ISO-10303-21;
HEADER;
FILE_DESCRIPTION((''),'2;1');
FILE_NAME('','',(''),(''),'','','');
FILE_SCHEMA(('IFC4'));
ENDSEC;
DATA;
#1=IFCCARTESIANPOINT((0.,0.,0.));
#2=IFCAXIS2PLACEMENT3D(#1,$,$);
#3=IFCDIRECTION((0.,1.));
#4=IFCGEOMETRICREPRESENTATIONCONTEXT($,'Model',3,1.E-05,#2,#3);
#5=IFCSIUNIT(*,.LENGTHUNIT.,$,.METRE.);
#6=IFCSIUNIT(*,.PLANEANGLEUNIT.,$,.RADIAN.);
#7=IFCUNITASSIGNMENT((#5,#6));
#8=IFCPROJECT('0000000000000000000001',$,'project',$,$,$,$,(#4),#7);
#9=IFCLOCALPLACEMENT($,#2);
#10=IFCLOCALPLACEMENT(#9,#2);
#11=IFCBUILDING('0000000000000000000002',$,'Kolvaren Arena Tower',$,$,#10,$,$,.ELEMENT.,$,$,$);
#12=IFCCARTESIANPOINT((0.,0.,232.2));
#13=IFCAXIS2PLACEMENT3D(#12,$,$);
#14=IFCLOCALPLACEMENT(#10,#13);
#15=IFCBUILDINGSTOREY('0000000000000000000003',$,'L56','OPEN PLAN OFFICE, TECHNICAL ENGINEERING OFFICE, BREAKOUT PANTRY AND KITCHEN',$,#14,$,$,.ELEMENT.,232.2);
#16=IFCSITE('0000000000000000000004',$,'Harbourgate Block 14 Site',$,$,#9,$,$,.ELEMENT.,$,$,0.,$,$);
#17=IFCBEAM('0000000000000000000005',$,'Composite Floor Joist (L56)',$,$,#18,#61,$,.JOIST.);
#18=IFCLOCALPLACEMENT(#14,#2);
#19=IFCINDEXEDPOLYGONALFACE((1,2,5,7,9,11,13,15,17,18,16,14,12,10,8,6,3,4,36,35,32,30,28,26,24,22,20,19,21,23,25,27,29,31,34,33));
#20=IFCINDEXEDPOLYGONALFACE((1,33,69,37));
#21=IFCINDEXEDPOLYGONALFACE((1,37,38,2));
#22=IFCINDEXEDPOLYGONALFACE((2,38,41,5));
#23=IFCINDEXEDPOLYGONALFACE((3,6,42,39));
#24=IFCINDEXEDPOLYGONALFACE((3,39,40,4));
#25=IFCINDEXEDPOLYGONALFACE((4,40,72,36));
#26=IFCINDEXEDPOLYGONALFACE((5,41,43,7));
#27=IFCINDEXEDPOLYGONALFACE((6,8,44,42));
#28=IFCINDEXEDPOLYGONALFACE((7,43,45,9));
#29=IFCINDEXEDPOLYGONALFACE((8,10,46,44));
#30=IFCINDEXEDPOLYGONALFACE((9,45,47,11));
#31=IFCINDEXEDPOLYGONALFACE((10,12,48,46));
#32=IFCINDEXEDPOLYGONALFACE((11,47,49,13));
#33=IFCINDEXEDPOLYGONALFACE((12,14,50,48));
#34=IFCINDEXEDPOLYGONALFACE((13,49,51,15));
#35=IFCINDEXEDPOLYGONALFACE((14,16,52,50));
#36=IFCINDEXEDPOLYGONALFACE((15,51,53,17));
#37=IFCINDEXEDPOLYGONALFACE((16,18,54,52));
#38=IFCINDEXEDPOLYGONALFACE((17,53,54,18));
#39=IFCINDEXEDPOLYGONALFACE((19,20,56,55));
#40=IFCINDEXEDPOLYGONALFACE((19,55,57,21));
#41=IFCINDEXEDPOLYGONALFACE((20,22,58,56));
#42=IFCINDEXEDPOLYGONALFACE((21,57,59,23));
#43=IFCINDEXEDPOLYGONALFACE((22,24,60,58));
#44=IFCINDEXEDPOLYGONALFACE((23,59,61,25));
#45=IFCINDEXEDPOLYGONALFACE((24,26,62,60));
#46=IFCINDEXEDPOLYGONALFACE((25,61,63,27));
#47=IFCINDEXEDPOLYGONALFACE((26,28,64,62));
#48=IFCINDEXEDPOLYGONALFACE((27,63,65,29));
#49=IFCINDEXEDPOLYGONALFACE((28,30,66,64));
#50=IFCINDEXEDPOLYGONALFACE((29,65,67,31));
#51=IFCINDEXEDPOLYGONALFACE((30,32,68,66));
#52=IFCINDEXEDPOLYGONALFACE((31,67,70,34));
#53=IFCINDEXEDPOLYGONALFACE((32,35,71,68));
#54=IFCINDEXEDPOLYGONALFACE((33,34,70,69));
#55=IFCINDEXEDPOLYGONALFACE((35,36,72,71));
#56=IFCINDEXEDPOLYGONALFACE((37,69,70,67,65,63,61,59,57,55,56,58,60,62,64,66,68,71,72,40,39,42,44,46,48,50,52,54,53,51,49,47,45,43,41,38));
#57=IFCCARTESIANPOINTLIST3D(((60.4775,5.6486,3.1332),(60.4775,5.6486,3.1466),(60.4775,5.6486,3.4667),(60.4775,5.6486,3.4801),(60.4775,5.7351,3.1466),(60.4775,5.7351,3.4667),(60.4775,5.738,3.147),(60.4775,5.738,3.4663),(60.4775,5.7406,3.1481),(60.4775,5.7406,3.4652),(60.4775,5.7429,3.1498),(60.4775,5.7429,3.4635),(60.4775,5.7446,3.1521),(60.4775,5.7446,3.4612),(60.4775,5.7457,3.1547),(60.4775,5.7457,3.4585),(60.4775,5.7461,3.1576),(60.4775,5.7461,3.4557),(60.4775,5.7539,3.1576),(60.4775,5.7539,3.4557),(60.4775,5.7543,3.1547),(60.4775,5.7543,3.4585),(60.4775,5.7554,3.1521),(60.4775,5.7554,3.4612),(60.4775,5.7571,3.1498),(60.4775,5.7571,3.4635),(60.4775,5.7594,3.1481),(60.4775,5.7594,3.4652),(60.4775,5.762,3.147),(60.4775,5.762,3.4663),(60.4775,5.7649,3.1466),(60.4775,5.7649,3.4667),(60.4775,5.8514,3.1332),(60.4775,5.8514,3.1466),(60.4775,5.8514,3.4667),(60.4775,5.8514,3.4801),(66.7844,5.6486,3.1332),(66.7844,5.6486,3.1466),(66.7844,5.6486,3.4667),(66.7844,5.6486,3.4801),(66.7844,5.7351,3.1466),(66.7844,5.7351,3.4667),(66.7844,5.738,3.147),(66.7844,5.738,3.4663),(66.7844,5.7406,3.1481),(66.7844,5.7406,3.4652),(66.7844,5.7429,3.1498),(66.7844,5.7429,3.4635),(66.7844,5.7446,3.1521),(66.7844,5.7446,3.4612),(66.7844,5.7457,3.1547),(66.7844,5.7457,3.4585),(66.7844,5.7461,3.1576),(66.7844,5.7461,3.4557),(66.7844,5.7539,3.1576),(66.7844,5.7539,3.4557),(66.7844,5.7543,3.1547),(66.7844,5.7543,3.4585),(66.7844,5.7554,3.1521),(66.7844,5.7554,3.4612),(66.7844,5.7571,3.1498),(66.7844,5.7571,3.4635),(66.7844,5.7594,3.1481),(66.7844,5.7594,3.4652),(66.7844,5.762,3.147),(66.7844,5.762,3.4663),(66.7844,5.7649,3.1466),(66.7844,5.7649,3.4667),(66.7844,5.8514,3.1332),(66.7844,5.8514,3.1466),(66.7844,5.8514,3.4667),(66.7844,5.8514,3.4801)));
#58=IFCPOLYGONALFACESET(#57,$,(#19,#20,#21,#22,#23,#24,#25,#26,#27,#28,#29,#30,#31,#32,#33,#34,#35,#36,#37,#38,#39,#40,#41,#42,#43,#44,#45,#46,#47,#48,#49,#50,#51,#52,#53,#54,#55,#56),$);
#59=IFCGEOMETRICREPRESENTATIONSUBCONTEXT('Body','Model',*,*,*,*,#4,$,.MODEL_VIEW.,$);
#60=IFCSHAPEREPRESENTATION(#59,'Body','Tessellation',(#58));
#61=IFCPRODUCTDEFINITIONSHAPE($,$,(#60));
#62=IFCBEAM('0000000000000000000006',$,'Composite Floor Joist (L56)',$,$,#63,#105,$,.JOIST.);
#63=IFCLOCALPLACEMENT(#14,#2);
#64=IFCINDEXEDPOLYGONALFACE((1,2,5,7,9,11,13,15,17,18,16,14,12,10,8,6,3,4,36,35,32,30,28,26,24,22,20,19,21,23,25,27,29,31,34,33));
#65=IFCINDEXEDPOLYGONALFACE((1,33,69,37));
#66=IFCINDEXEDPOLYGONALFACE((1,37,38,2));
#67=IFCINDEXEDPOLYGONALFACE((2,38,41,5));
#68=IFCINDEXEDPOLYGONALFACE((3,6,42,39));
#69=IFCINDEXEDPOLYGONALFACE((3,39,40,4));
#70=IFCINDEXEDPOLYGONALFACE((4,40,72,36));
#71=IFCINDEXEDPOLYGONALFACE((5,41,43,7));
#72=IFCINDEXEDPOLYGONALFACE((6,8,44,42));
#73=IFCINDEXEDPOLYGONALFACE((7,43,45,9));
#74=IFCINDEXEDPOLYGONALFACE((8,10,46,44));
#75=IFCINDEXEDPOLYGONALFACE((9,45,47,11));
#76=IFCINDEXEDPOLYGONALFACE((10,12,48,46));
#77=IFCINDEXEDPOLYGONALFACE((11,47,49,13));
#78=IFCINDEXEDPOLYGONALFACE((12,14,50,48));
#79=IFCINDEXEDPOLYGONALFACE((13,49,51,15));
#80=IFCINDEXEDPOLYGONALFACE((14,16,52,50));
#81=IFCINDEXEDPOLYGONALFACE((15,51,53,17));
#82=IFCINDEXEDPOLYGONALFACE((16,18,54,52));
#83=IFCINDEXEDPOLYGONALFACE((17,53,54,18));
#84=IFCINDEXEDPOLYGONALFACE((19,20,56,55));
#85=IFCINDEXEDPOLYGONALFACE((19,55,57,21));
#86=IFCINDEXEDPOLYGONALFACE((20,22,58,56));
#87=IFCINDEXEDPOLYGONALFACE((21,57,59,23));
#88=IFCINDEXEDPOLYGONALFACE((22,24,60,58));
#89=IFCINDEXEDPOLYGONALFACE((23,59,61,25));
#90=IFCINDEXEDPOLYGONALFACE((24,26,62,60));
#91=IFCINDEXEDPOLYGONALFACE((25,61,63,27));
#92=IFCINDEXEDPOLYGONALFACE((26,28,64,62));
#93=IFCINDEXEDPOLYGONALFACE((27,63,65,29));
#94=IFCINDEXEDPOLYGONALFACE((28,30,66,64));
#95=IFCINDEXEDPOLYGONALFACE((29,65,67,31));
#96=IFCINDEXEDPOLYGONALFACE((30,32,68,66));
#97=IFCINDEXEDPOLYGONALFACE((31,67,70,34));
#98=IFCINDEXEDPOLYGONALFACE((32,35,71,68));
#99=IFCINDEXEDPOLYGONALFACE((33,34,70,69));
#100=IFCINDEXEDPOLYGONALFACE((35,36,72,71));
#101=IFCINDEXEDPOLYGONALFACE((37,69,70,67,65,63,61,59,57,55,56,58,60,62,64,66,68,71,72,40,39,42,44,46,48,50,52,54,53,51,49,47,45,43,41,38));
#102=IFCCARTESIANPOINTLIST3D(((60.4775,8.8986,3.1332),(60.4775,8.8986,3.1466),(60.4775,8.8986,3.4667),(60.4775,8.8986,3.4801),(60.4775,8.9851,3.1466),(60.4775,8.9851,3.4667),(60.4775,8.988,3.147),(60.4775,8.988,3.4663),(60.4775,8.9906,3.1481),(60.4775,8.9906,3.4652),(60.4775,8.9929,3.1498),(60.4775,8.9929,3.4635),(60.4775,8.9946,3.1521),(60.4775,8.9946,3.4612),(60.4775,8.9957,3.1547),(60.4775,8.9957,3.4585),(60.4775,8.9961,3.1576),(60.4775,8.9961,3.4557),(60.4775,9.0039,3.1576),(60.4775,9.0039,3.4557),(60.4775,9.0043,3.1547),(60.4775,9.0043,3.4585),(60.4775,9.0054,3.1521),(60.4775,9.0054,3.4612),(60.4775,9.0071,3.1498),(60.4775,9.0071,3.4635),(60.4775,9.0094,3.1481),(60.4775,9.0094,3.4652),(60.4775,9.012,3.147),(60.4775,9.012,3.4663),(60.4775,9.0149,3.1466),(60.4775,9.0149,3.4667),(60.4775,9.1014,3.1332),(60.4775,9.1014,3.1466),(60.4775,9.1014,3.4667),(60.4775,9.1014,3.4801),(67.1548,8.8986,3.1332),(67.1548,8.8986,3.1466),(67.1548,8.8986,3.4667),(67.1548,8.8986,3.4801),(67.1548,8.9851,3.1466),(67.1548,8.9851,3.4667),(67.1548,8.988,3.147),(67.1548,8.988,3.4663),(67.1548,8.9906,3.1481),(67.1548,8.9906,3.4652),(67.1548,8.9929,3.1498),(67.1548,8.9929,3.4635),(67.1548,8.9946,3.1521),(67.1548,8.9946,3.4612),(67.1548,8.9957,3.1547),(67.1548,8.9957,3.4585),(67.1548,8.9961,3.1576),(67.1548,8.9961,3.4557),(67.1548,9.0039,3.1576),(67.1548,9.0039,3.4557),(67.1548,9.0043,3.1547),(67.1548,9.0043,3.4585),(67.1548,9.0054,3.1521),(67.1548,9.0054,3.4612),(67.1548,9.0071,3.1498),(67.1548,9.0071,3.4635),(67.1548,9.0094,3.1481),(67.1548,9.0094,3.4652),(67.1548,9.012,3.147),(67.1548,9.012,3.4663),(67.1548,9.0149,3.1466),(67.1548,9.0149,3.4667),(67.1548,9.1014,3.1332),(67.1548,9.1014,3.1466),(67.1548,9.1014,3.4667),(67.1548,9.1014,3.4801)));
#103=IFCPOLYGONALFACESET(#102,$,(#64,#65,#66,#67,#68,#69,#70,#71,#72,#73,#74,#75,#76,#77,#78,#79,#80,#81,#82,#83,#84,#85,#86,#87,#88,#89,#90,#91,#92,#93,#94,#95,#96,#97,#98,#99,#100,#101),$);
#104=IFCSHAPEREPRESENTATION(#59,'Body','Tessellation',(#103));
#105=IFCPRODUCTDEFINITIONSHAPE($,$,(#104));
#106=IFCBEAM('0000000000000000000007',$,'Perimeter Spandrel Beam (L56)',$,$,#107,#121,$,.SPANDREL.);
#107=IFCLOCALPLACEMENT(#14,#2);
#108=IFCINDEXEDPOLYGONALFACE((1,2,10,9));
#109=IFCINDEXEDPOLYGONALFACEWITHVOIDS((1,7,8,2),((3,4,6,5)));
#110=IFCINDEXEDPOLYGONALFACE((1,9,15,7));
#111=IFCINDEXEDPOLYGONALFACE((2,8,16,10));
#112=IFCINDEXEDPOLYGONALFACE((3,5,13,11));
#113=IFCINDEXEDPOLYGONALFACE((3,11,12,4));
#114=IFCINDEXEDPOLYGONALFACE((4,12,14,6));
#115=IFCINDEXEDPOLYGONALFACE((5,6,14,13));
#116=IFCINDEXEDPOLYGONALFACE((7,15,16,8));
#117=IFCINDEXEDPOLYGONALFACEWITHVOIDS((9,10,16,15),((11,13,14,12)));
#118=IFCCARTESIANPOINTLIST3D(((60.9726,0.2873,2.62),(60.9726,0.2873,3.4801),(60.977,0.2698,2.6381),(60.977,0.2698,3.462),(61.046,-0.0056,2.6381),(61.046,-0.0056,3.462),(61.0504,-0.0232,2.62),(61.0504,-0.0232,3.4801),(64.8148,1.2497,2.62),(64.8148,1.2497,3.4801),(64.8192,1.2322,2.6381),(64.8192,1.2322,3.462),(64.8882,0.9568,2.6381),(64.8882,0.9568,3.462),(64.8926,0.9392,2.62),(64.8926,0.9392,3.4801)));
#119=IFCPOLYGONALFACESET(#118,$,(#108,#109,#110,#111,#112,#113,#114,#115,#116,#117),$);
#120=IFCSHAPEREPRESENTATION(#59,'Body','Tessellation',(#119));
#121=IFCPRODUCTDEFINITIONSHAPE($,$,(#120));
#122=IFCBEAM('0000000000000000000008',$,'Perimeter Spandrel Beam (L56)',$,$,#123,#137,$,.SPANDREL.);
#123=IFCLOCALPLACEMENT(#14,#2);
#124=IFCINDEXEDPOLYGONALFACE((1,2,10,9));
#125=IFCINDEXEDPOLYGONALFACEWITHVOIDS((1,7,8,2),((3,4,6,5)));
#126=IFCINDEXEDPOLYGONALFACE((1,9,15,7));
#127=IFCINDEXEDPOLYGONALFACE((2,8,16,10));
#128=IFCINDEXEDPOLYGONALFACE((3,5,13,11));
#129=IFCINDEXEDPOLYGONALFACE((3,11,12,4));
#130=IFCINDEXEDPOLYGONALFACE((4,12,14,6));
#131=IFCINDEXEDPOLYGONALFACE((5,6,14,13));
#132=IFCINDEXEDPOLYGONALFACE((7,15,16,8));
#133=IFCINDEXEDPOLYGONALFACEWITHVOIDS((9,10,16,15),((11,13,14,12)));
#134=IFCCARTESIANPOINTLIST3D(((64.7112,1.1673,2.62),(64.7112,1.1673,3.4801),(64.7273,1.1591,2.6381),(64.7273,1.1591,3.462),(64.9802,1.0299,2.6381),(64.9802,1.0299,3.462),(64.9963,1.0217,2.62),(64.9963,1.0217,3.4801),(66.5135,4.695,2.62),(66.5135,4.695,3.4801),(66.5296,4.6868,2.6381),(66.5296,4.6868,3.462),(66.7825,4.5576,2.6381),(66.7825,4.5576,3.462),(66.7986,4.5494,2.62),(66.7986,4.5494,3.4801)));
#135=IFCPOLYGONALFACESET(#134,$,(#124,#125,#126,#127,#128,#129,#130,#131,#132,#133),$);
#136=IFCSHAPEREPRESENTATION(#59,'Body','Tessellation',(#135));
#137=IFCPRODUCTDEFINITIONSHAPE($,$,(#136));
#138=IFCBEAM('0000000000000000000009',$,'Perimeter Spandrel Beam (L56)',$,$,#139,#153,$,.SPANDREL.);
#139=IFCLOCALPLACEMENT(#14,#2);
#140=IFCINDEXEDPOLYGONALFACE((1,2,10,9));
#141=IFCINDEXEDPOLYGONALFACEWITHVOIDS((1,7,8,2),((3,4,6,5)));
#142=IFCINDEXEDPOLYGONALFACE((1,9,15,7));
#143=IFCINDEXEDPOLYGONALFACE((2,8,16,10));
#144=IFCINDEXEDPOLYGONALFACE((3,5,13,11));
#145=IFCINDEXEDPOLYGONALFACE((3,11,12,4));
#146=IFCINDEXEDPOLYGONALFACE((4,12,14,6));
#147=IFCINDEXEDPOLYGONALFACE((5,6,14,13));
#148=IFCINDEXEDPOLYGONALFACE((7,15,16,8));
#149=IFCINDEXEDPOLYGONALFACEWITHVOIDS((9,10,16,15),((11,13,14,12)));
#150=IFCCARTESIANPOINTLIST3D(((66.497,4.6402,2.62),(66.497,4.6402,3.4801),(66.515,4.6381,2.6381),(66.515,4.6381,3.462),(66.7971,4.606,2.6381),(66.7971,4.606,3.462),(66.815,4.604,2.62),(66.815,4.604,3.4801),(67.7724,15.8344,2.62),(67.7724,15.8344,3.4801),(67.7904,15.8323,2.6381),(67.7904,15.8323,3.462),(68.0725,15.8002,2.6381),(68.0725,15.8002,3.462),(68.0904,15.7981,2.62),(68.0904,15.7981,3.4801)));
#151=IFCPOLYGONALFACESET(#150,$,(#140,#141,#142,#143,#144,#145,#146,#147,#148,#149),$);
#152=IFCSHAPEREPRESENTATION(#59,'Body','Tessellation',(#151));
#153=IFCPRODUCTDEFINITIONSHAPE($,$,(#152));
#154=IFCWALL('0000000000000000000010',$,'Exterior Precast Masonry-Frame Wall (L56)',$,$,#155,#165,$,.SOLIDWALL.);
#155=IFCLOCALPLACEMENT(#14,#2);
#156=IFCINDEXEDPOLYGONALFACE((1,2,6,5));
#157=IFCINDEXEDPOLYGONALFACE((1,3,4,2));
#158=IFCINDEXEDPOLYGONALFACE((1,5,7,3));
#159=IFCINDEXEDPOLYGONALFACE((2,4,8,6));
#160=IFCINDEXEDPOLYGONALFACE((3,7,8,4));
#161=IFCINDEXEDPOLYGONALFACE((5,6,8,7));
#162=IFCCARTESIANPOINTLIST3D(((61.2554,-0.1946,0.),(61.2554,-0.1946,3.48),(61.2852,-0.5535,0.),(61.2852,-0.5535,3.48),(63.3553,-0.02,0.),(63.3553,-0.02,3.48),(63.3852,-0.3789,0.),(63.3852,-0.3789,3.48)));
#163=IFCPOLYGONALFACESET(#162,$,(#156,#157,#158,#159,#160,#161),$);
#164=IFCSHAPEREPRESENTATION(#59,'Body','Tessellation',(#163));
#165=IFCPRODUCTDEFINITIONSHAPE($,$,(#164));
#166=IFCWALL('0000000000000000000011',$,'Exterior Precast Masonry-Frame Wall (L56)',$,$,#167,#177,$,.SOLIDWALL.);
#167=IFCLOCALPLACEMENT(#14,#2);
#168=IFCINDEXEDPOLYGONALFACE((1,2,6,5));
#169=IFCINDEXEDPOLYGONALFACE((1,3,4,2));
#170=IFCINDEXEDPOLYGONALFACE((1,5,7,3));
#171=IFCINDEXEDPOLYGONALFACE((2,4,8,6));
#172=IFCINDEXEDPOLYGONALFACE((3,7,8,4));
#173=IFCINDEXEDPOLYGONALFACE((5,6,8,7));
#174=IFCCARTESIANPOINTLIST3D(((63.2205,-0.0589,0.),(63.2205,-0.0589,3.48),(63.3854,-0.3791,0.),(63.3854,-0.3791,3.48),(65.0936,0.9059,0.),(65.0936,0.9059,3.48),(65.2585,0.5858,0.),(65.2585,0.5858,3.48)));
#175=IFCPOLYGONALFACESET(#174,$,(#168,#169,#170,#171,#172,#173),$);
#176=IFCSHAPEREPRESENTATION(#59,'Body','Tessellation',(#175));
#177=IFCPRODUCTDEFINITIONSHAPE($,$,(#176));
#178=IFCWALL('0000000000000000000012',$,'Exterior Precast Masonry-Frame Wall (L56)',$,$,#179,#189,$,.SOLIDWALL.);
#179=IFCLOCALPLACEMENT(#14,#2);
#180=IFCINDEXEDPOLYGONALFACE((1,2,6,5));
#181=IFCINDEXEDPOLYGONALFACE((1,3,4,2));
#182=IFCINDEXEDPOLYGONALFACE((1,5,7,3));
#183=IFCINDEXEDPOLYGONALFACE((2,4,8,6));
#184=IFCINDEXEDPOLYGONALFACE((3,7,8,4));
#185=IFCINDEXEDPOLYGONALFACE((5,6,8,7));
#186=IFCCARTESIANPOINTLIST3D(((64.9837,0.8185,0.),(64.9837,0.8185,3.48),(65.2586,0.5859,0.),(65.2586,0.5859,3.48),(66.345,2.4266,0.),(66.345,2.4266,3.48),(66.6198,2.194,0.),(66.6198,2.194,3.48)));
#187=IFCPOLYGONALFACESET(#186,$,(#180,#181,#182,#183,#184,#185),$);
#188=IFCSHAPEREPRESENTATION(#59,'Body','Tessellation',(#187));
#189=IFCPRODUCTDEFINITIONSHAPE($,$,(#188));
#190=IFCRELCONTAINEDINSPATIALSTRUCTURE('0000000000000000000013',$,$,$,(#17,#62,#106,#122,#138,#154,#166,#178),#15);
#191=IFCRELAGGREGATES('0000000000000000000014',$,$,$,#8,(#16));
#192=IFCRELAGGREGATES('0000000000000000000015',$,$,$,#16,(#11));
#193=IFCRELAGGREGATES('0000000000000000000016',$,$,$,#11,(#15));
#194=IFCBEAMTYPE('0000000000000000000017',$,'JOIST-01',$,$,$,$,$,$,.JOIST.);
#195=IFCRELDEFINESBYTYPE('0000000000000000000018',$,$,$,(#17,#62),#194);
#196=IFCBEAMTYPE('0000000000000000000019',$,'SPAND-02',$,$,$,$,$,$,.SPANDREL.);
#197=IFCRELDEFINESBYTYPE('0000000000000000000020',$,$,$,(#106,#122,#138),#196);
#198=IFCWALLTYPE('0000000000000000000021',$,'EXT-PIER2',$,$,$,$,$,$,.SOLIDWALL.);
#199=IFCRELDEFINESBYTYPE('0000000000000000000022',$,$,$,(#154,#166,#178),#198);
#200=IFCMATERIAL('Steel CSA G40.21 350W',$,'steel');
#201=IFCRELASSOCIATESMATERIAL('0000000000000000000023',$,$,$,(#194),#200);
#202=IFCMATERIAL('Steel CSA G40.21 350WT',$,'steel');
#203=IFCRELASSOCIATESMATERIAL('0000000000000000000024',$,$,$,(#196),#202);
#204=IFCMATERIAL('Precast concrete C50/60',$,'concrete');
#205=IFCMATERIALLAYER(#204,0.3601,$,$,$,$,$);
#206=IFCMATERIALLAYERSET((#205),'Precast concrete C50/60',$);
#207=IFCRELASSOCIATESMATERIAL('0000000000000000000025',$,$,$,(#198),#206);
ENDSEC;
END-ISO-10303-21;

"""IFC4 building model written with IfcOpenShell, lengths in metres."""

from ifc_helpers import new_model, si_unit, direction, frame, frame_2d, origin, origin_2d, place, context, subcontext, project, spatial, rectangle, hollow_rectangle, i_section, extrude, material, layer, layer_set, material_profile, profile_set, type_object, element, save


model = new_model("IFC4")

# Units and contexts
model_context = context("Model", 3, precision=1e-05, world=origin(), true_north=direction((0.0, 1.0)))
body_context = subcontext(model_context, "Body", "Model", "MODEL_VIEW")
ifc_project = project(units=[si_unit("LENGTHUNIT", "METRE"), si_unit("PLANEANGLEUNIT", "RADIAN")], contexts=[model_context])

# Site, building, storey
site_placement = place(None, origin())
site = spatial("IfcSite", under=ifc_project, at=site_placement, Name="Harbourgate Block 14 Site", CompositionType="ELEMENT", RefElevation=0.0)
building_placement = place(site_placement, origin())
building = spatial("IfcBuilding", under=site, at=building_placement, Name="Kolvaren Arena Tower", CompositionType="ELEMENT")
storey_placement = place(building_placement, frame((0.0, 0.0, 232.2)))
storey = spatial("IfcBuildingStorey", under=building, at=storey_placement, Name="L56", Description="OPEN PLAN OFFICE, TECHNICAL ENGINEERING OFFICE, BREAKOUT PANTRY AND KITCHEN", CompositionType="ELEMENT", Elevation=232.2)

# Beams
ifc_material_1 = material(Name="Steel CSA G40.21 350W", Category="steel")
ifc_material_profile_1 = material_profile(ifc_material_1, i_section(OverallWidth=0.2029, OverallDepth=0.3469, WebThickness=0.0078, FlangeThickness=0.0134, FilletRadius=0.011, at=origin_2d()), Name="W360x64")
ifc_profile_set_1 = profile_set([ifc_material_profile_1], Name="Steel CSA G40.21 350W")
beam_type_1 = type_object("IfcBeamType", Name="JOIST-01", PredefinedType="JOIST", material=ifc_profile_set_1)
beam_1_placement = place(storey_placement, frame((60.4775, 5.75, 3.3066), z_axis=(1.0, 0.0, 0.0), x_axis=(0.0, 1.0, 0.0)))
element("IfcBeam", 1, at=beam_1_placement, inside=storey, type_object=beam_type_1, Name="Composite Floor Joist (L56)", PredefinedType="JOIST", context=body_context, shape_type="SweptSolid", body=[
    extrude(i_section(OverallWidth=0.2029, OverallDepth=0.3469, WebThickness=0.0078, FlangeThickness=0.0134, FilletRadius=0.011, at=origin_2d()), origin(), (0.0, 0.0, 1.0), 6.3069),
])
beam_2_placement = place(storey_placement, frame((60.4775, 9.0, 3.3066), z_axis=(1.0, 0.0, 0.0), x_axis=(0.0, 1.0, 0.0)))
element("IfcBeam", 2, at=beam_2_placement, inside=storey, type_object=beam_type_1, Name="Composite Floor Joist (L56)", PredefinedType="JOIST", context=body_context, shape_type="SweptSolid", body=[
    extrude(i_section(OverallWidth=0.2029, OverallDepth=0.3469, WebThickness=0.0078, FlangeThickness=0.0134, FilletRadius=0.011, at=origin_2d()), origin(), (0.0, 0.0, 1.0), 6.6772),
])
ifc_material_2 = material(Name="Steel CSA G40.21 350WT", Category="steel")
ifc_material_profile_2 = material_profile(ifc_material_2, hollow_rectangle(XDim=0.3201, YDim=0.8601, WallThickness=0.0181, at=origin_2d()), Name="HSS 860x320x18")
ifc_profile_set_2 = profile_set([ifc_material_profile_2], Name="Steel CSA G40.21 350WT")
beam_type_2 = type_object("IfcBeamType", Name="SPAND-02", PredefinedType="SPANDREL", material=ifc_profile_set_2)
beam_3_placement = place(storey_placement, frame((61.0115, 0.1321, 3.05), z_axis=(0.970034, 0.242971, 0.0), x_axis=(-0.242971, 0.970034, 0.0)))
element("IfcBeam", 3, at=beam_3_placement, inside=storey, type_object=beam_type_2, Name="Perimeter Spandrel Beam (L56)", PredefinedType="SPANDREL", context=body_context, shape_type="SweptSolid", body=[
    extrude(hollow_rectangle(XDim=0.3201, YDim=0.8601, WallThickness=0.0181, at=origin_2d()), origin(), (0.0, 0.0, 1.0), 3.9609),
])
beam_4_placement = place(storey_placement, frame((64.8538, 1.0945, 3.05), z_axis=(0.454962, 0.890511, 0.0), x_axis=(-0.890511, 0.454962, 0.0)))
element("IfcBeam", 4, at=beam_4_placement, inside=storey, type_object=beam_type_2, Name="Perimeter Spandrel Beam (L56)", PredefinedType="SPANDREL", context=body_context, shape_type="SweptSolid", body=[
    extrude(hollow_rectangle(XDim=0.3201, YDim=0.8601, WallThickness=0.0181, at=origin_2d()), origin(), (0.0, 0.0, 1.0), 3.9614),
])
beam_5_placement = place(storey_placement, frame((66.656, 4.6221, 3.05), z_axis=(0.113202, 0.993572, 0.0), x_axis=(-0.993572, 0.113202, 0.0)))
element("IfcBeam", 5, at=beam_5_placement, inside=storey, type_object=beam_type_2, Name="Perimeter Spandrel Beam (L56)", PredefinedType="SPANDREL", context=body_context, shape_type="SweptSolid", body=[
    extrude(hollow_rectangle(XDim=0.3201, YDim=0.8601, WallThickness=0.0181, at=origin_2d()), origin(), (0.0, 0.0, 1.0), 11.2666),
])

# Walls
ifc_material_3 = material(Name="Precast concrete C50/60", Category="concrete")
ifc_layer_1 = layer(ifc_material_3, 0.3601)
ifc_layer_set_1 = layer_set([ifc_layer_1], Name="Precast concrete C50/60")
wall_type_1 = type_object("IfcWallType", Name="EXT-PIER2", PredefinedType="SOLIDWALL", material=ifc_layer_set_1)
wall_1_placement = place(storey_placement, frame((63.3704, -0.1995, 0.0), z_axis=(0.0, 0.0, 1.0), x_axis=(-0.996563, -0.082844, 0.0)))
element("IfcWall", 6, at=wall_1_placement, inside=storey, type_object=wall_type_1, Name="Exterior Precast Masonry-Frame Wall (L56)", PredefinedType="SOLIDWALL", context=body_context, shape_type="SweptSolid", body=[
    extrude(rectangle(XDim=2.1072, YDim=0.3601, at=frame_2d((1.0537, 0.0))), origin(), (0.0, 0.0, 1.0), 3.48),
])
for number, where, z_axis, x_axis, name in (
    (7, (65.176, 0.7458, 0.0), (0.0, 0.0, 1.0), (-0.888986, -0.457934, 0.0), "Exterior Precast Masonry-Frame Wall (L56)"),
    (8, (66.4824, 2.3103, 0.0), (0.0, 0.0, 1.0), (-0.646103, -0.76325, 0.0), "Exterior Precast Masonry-Frame Wall (L56)"),
):
    element("IfcWall", number, at=place(storey_placement, frame(where, z_axis=z_axis, x_axis=x_axis)), inside=storey, type_object=wall_type_1, Name=name, PredefinedType="SOLIDWALL", context=body_context, shape_type="SweptSolid", body=[
        extrude(rectangle(XDim=2.1069, YDim=0.3601, at=frame_2d((1.0535, 0.0))), origin(), (0.0, 0.0, 1.0), 3.48),
    ])

save(model, "model.ifc")
